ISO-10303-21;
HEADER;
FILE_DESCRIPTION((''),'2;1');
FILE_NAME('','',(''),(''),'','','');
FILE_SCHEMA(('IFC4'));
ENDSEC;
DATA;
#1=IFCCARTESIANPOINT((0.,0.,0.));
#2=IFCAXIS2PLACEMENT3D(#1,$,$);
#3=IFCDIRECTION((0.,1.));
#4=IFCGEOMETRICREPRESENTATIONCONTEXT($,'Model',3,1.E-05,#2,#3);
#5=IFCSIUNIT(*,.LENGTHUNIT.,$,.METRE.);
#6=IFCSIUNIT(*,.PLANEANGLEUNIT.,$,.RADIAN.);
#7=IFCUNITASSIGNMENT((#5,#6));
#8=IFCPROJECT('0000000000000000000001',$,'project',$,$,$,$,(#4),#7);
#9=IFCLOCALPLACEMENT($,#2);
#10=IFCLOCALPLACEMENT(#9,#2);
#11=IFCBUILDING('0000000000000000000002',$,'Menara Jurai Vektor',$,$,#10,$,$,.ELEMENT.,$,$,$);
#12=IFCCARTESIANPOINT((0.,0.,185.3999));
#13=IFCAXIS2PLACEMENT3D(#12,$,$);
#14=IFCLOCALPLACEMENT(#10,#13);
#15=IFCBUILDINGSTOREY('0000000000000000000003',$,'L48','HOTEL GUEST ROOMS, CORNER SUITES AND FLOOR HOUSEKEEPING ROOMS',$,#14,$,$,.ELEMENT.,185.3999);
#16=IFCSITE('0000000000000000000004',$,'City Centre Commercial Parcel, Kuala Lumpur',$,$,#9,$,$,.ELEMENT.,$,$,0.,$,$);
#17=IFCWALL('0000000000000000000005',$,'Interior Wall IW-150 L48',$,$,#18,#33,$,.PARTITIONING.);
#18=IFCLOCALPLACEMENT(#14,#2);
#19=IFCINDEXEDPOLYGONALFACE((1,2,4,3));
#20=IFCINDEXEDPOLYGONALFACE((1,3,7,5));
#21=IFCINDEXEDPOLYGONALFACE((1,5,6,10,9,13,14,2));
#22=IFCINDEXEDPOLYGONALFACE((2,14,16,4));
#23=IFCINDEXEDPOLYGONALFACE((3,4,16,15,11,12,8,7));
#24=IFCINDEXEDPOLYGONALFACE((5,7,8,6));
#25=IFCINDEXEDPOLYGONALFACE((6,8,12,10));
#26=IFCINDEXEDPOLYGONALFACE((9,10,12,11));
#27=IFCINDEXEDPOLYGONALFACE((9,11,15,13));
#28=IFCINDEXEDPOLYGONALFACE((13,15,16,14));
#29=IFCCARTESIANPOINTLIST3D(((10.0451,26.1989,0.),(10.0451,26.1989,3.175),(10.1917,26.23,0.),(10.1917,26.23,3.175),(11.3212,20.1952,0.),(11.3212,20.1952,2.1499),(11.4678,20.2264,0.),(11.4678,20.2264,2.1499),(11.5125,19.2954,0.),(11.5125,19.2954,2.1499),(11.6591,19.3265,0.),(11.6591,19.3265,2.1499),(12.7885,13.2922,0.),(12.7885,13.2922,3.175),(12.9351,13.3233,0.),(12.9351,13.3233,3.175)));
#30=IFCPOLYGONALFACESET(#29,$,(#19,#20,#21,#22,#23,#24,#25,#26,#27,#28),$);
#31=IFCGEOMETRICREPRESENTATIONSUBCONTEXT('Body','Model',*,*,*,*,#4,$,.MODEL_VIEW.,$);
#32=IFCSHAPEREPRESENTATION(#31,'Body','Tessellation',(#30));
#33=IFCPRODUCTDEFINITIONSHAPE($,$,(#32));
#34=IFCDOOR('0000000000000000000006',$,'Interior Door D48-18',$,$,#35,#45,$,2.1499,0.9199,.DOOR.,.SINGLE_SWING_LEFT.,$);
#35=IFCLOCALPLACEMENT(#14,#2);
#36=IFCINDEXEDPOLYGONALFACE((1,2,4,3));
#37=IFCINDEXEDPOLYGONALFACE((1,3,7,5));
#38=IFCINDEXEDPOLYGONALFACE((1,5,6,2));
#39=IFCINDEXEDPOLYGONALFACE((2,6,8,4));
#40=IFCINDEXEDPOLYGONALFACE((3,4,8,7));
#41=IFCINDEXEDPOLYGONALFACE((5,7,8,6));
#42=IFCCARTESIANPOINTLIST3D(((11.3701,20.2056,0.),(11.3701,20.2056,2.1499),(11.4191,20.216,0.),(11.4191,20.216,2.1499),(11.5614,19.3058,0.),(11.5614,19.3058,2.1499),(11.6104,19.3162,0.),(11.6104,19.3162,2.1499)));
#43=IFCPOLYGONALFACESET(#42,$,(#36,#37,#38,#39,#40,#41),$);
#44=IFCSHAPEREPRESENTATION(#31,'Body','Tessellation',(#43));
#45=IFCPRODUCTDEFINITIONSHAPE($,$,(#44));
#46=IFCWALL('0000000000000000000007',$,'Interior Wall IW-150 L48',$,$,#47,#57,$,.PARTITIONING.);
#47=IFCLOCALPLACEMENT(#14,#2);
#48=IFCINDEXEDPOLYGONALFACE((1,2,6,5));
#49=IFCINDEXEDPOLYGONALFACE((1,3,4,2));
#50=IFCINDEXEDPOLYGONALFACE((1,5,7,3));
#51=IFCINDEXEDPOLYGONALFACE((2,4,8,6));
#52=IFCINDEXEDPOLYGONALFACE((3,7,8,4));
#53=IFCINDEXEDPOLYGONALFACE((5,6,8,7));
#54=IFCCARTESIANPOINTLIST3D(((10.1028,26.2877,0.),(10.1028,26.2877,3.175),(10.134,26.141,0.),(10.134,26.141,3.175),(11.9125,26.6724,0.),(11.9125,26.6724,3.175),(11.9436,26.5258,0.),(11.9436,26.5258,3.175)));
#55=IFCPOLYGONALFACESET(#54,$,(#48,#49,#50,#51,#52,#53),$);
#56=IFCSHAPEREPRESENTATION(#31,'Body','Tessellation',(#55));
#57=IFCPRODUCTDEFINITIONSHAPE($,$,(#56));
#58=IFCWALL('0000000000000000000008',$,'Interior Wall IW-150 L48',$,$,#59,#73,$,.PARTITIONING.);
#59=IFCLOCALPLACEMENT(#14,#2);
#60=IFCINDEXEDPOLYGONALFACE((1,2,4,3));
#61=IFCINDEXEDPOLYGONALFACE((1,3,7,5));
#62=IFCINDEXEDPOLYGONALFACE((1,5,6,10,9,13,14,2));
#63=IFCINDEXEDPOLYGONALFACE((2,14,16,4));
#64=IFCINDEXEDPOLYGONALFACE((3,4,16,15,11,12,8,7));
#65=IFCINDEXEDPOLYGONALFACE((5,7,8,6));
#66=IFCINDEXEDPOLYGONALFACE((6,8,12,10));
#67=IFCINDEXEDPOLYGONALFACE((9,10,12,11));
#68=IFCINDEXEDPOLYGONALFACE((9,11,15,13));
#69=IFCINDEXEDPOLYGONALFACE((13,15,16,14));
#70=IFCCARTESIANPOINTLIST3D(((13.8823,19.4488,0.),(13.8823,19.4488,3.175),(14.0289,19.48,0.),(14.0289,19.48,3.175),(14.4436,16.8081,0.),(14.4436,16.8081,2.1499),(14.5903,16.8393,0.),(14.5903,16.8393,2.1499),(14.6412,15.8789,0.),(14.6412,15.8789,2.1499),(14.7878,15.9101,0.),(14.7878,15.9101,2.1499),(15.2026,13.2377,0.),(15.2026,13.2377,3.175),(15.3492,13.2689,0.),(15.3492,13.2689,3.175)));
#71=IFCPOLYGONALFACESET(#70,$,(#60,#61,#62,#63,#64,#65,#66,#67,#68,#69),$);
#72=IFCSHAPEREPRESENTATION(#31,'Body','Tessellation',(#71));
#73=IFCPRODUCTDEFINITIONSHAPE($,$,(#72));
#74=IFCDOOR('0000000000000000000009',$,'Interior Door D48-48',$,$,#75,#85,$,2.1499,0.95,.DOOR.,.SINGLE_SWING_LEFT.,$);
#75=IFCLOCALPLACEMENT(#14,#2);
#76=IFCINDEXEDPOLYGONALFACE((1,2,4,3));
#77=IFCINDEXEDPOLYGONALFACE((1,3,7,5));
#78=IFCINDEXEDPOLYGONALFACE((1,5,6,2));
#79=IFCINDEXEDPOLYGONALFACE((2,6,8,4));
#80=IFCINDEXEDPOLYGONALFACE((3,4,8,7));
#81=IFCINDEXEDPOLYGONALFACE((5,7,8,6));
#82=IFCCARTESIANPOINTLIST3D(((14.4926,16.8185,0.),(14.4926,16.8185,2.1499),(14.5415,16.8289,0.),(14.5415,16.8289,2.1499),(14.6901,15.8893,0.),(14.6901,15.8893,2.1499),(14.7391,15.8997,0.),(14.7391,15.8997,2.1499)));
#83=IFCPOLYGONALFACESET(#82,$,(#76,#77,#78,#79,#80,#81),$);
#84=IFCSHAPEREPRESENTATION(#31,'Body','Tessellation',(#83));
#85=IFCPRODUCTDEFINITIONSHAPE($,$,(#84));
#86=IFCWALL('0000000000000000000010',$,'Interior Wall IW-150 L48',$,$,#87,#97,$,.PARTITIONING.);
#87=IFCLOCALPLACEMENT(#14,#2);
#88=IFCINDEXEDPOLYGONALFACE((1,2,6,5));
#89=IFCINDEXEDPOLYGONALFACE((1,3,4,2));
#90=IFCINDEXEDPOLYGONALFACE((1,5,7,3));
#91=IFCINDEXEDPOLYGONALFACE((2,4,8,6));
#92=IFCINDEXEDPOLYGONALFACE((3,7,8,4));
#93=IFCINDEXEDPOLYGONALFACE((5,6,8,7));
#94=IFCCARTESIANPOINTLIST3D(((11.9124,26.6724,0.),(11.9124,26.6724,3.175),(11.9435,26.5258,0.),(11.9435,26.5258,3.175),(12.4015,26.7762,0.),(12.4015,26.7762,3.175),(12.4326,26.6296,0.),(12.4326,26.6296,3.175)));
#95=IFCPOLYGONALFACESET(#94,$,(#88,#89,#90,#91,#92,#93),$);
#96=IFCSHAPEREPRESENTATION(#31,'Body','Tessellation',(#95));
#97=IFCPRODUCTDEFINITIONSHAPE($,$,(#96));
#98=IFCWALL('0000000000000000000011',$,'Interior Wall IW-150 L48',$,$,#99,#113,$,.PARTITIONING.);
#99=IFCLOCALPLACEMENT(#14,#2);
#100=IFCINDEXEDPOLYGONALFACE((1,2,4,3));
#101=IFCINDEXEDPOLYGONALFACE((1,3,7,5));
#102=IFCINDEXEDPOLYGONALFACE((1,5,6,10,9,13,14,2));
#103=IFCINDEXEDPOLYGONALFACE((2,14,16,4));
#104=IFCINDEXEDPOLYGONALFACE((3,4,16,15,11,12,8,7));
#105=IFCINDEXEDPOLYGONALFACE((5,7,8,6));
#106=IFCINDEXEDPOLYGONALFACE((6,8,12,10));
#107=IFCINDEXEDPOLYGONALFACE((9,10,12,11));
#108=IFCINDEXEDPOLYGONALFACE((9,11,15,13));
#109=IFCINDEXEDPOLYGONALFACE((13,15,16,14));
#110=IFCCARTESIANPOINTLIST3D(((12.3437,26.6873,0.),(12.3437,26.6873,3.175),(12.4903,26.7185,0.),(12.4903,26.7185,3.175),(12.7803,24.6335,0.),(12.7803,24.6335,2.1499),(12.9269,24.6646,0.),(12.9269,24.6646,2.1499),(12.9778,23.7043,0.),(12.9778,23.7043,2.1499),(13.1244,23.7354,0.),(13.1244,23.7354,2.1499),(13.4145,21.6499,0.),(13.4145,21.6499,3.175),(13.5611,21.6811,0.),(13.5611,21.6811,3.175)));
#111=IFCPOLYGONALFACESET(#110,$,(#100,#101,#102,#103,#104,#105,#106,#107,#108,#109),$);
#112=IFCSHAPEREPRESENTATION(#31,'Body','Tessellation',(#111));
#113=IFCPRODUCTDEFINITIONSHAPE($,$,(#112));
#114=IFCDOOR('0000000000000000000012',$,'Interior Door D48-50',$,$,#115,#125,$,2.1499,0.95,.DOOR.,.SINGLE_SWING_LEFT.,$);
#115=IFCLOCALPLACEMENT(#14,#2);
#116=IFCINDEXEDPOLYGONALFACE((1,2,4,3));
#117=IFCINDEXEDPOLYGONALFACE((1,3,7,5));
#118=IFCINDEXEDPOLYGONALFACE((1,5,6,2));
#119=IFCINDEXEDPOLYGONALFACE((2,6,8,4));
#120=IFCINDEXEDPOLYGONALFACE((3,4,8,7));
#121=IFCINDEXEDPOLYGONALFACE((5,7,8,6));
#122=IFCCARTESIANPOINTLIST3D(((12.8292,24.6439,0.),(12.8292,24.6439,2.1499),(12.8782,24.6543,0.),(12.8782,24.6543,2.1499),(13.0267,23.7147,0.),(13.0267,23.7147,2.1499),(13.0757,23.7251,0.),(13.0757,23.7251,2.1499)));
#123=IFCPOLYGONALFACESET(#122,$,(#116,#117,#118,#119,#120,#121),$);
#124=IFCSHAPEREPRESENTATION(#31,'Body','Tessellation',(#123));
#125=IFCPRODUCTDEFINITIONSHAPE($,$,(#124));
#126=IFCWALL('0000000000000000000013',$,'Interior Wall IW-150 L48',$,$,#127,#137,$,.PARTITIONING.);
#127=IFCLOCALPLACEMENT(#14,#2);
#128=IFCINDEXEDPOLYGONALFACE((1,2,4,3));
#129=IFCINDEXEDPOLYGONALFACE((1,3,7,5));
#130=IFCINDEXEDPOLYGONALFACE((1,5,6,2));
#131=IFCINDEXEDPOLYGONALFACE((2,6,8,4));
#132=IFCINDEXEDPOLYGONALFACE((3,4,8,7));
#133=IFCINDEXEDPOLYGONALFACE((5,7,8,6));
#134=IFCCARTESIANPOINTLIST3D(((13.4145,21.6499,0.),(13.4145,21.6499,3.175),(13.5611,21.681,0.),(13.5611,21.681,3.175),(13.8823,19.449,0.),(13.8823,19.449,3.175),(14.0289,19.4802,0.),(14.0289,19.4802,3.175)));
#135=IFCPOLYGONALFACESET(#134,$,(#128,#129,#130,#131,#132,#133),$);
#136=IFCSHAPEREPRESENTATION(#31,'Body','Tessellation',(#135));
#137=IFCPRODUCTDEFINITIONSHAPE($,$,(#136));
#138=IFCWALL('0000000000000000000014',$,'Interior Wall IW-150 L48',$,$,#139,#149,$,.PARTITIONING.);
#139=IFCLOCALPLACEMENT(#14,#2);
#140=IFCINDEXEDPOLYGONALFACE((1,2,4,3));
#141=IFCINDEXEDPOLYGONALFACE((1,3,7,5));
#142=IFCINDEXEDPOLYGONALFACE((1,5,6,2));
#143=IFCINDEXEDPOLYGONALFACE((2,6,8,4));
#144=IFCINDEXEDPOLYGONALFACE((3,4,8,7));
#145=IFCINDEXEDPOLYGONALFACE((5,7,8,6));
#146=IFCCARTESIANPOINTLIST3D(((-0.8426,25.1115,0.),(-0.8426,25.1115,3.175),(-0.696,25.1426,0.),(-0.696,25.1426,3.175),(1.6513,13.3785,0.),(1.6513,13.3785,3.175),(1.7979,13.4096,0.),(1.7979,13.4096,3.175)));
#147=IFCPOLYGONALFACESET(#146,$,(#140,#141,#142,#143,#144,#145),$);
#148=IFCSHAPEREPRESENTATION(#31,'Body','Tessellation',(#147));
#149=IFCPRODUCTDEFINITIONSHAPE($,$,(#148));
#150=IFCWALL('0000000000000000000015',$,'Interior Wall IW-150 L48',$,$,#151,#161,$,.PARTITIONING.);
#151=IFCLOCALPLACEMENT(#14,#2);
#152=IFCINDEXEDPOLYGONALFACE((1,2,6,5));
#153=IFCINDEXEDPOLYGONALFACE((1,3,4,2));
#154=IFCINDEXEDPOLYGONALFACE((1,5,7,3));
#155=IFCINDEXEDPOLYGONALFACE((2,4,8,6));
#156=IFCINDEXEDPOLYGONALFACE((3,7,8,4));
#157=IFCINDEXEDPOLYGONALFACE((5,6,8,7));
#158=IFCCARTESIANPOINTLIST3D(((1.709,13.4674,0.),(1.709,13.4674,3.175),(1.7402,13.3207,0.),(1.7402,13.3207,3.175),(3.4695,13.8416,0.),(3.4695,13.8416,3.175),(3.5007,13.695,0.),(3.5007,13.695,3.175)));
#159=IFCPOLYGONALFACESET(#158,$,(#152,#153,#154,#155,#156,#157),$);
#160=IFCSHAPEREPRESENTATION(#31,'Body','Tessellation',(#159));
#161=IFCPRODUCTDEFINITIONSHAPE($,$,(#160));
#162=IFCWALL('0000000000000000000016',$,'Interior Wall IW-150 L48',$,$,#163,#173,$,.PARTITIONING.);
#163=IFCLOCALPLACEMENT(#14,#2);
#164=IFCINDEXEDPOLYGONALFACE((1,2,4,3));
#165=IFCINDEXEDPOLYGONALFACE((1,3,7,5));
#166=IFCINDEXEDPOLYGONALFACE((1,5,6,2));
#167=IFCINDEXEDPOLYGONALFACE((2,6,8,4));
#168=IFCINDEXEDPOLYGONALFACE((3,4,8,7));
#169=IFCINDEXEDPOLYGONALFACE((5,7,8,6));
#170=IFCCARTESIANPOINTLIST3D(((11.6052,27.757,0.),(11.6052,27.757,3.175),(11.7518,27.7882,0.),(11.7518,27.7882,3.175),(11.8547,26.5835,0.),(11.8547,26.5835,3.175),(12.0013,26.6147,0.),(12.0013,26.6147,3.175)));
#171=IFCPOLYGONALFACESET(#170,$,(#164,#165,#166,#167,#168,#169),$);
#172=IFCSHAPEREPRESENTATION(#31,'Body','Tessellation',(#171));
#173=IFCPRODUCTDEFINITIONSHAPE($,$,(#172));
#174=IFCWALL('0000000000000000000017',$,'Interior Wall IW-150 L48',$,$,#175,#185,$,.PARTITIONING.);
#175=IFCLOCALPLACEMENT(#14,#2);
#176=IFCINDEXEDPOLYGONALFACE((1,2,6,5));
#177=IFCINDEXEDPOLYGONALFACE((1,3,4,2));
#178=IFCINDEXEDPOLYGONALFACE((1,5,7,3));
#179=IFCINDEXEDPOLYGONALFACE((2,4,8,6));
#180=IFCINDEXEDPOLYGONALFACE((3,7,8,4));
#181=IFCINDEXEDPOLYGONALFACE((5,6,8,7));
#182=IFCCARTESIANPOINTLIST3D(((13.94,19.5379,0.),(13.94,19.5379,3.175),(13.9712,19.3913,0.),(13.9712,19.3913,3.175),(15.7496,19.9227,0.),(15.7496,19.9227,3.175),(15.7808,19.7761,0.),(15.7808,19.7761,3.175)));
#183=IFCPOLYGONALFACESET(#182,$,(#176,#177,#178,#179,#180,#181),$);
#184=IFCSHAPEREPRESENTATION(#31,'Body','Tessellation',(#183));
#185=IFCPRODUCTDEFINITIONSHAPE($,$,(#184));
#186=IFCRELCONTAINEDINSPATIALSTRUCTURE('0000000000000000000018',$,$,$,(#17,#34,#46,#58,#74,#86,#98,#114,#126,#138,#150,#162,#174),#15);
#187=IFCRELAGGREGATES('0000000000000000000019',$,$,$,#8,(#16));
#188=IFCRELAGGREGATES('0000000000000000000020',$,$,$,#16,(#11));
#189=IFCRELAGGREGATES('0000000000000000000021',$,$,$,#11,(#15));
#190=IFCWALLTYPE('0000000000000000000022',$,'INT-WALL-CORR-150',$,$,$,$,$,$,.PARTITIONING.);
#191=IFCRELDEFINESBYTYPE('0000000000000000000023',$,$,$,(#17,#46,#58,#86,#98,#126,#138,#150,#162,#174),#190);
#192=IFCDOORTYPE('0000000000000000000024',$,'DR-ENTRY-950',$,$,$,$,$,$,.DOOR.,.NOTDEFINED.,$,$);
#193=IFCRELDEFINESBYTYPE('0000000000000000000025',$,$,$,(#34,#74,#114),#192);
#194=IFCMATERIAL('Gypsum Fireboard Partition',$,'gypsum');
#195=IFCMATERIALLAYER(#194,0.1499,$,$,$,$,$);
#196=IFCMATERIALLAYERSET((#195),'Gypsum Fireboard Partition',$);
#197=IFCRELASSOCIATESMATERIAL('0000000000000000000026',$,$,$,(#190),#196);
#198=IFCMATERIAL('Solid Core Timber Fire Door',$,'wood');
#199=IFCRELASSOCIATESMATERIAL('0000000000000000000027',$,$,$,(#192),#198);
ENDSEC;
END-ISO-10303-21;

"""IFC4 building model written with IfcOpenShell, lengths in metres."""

from ifc_helpers import new_model, si_unit, direction, frame, frame_2d, origin, place, context, subcontext, project, spatial, rectangle, extrude, material, layer, layer_set, type_object, element, fill, save


model = new_model("IFC4")

# Units and contexts
model_context = context("Model", 3, precision=1e-05, world=origin(), true_north=direction((0.0, 1.0)))
body_context = subcontext(model_context, "Body", "Model", "MODEL_VIEW")
ifc_project = project(units=[si_unit("LENGTHUNIT", "METRE"), si_unit("PLANEANGLEUNIT", "RADIAN")], contexts=[model_context])

# Site, building, storey
site_placement = place(None, origin())
site = spatial("IfcSite", under=ifc_project, at=site_placement, Name="City Centre Commercial Parcel, Kuala Lumpur", CompositionType="ELEMENT", RefElevation=0.0)
building_placement = place(site_placement, origin())
building = spatial("IfcBuilding", under=site, at=building_placement, Name="Menara Jurai Vektor", CompositionType="ELEMENT")
storey_placement = place(building_placement, frame((0.0, 0.0, 185.3999)))
storey = spatial("IfcBuildingStorey", under=building, at=storey_placement, Name="L48", Description="HOTEL GUEST ROOMS, CORNER SUITES AND FLOOR HOUSEKEEPING ROOMS", CompositionType="ELEMENT", Elevation=185.3999)

# Wall, opening, door
ifc_material_1 = material(Name="Gypsum Fireboard Partition", Category="gypsum")
ifc_layer_1 = layer(ifc_material_1, 0.1499)
ifc_layer_set_1 = layer_set([ifc_layer_1], Name="Gypsum Fireboard Partition")
wall_type = type_object("IfcWallType", Name="INT-WALL-CORR-150", PredefinedType="PARTITIONING", material=ifc_layer_set_1)
wall_1_placement = place(storey_placement, frame((12.8618, 13.3076, 0.0), z_axis=(0.0, 0.0, 1.0), x_axis=(-0.207911, 0.978148, 0.0)))
wall_1 = element("IfcWall", 1, at=wall_1_placement, inside=storey, type_object=wall_type, Name="Interior Wall IW-150 L48", PredefinedType="PARTITIONING", context=body_context, shape_type="SweptSolid", body=[
    extrude(rectangle(XDim=13.1951, YDim=0.1499, at=frame_2d((6.5977, 0.0))), origin(), (0.0, 0.0, 1.0), 3.175),
])
opening_1_placement = place(wall_1_placement, frame((6.1375, 0.0, 0.0)))
opening_1 = element("IfcOpeningElement", 2, at=opening_1_placement, cuts=wall_1, PredefinedType="OPENING", context=body_context, shape_type="SweptSolid", body=[
    extrude(rectangle(XDim=0.9199, YDim=2.1499, at=frame_2d((0.46, 1.075))), frame((0.0, 0.085, 0.0), z_axis=(0.0, -1.0, 0.0), x_axis=(1.0, 0.0, 0.0)), (0.0, 0.0, 1.0), 0.1699),
])
ifc_material_2 = material(Name="Solid Core Timber Fire Door", Category="wood")
door_type = type_object("IfcDoorType", Name="DR-ENTRY-950", OperationType="NOTDEFINED", PredefinedType="DOOR", material=ifc_material_2)
door_1_placement = place(opening_1_placement, origin())
door_1 = element("IfcDoor", 3, at=door_1_placement, inside=storey, type_object=door_type, Name="Interior Door D48-18", OperationType="SINGLE_SWING_LEFT", OverallHeight=2.1499, OverallWidth=0.9199, PredefinedType="DOOR", context=body_context, shape_type="SweptSolid", body=[
    extrude(rectangle(XDim=0.9199, YDim=2.1499, at=frame_2d((0.46, 1.075))), frame((0.0, 0.0249, 0.0), z_axis=(0.0, -1.0, 0.0), x_axis=(1.0, 0.0, 0.0)), (0.0, 0.0, 1.0), 0.05),
])
fill(opening_1, door_1)

# Wall
wall_2_placement = place(storey_placement, frame((10.1184, 26.2144, 0.0), z_axis=(0.0, 0.0, 1.0), x_axis=(0.978133, 0.207979, 0.0)))
element("IfcWall", 4, at=wall_2_placement, inside=storey, type_object=wall_type, Name="Interior Wall IW-150 L48", PredefinedType="PARTITIONING", context=body_context, shape_type="SweptSolid", body=[
    extrude(rectangle(XDim=1.8501, YDim=0.1499, at=frame_2d((0.925, 0.0))), origin(), (0.0, 0.0, 1.0), 3.175),
])

# Wall, opening, door
wall_3_placement = place(storey_placement, frame((15.2759, 13.2534, 0.0), z_axis=(0.0, 0.0, 1.0), x_axis=(-0.207925, 0.978145, 0.0)))
wall_3 = element("IfcWall", 5, at=wall_3_placement, inside=storey, type_object=wall_type, Name="Interior Wall IW-150 L48", PredefinedType="PARTITIONING", context=body_context, shape_type="SweptSolid", body=[
    extrude(rectangle(XDim=6.3499, YDim=0.1499, at=frame_2d((3.1748, 0.0))), origin(), (0.0, 0.0, 1.0), 3.175),
])
opening_2_placement = place(wall_3_placement, frame((2.7, 0.0, 0.0)))
opening_2 = element("IfcOpeningElement", 6, at=opening_2_placement, cuts=wall_3, PredefinedType="OPENING", context=body_context, shape_type="SweptSolid", body=[
    extrude(rectangle(XDim=0.95, YDim=2.1499, at=frame_2d((0.4751, 1.075))), frame((0.0, 0.085, 0.0), z_axis=(0.0, -1.0, 0.0), x_axis=(1.0, 0.0, 0.0)), (0.0, 0.0, 1.0), 0.1699),
])
door_2_placement = place(opening_2_placement, origin())
door_2 = element("IfcDoor", 7, at=door_2_placement, inside=storey, type_object=door_type, Name="Interior Door D48-48", OperationType="SINGLE_SWING_LEFT", OverallHeight=2.1499, OverallWidth=0.95, PredefinedType="DOOR", context=body_context, shape_type="SweptSolid", body=[
    extrude(rectangle(XDim=0.95, YDim=2.1499, at=frame_2d((0.4751, 1.075))), frame((0.0, 0.0249, 0.0), z_axis=(0.0, -1.0, 0.0), x_axis=(1.0, 0.0, 0.0)), (0.0, 0.0, 1.0), 0.05),
])
fill(opening_2, door_2)

# Wall
wall_4_placement = place(storey_placement, frame((11.928, 26.5991, 0.0), z_axis=(0.0, 0.0, 1.0), x_axis=(0.978222, 0.207561, 0.0)))
element("IfcWall", 8, at=wall_4_placement, inside=storey, type_object=wall_type, Name="Interior Wall IW-150 L48", PredefinedType="PARTITIONING", context=body_context, shape_type="SweptSolid", body=[
    extrude(rectangle(XDim=0.5, YDim=0.1499, at=frame_2d((0.25, 0.0))), origin(), (0.0, 0.0, 1.0), 3.175),
])

# Wall, opening, door
wall_5_placement = place(storey_placement, frame((13.4878, 21.6655, 0.0), z_axis=(0.0, 0.0, 1.0), x_axis=(-0.207926, 0.978145, 0.0)))
wall_5 = element("IfcWall", 9, at=wall_5_placement, inside=storey, type_object=wall_type, Name="Interior Wall IW-150 L48", PredefinedType="PARTITIONING", context=body_context, shape_type="SweptSolid", body=[
    extrude(rectangle(XDim=5.1499, YDim=0.1499, at=frame_2d((2.575, 0.0))), origin(), (0.0, 0.0, 1.0), 3.175),
])
opening_3_placement = place(wall_5_placement, frame((2.1001, 0.0, 0.0)))
opening_3 = element("IfcOpeningElement", 10, at=opening_3_placement, cuts=wall_5, PredefinedType="OPENING", context=body_context, shape_type="SweptSolid", body=[
    extrude(rectangle(XDim=0.95, YDim=2.1499, at=frame_2d((0.4751, 1.075))), frame((0.0, 0.085, 0.0), z_axis=(0.0, -1.0, 0.0), x_axis=(1.0, 0.0, 0.0)), (0.0, 0.0, 1.0), 0.1699),
])
door_3_placement = place(opening_3_placement, origin())
door_3 = element("IfcDoor", 11, at=door_3_placement, inside=storey, type_object=door_type, Name="Interior Door D48-50", OperationType="SINGLE_SWING_LEFT", OverallHeight=2.1499, OverallWidth=0.95, PredefinedType="DOOR", context=body_context, shape_type="SweptSolid", body=[
    extrude(rectangle(XDim=0.95, YDim=2.1499, at=frame_2d((0.4751, 1.075))), frame((0.0, 0.0249, 0.0), z_axis=(0.0, -1.0, 0.0), x_axis=(1.0, 0.0, 0.0)), (0.0, 0.0, 1.0), 0.05),
])
fill(opening_3, door_3)

# Walls
wall_6_placement = place(storey_placement, frame((13.9556, 19.4646, 0.0), z_axis=(0.0, 0.0, 1.0), x_axis=(-0.207891, 0.978152, 0.0)))
element("IfcWall", 12, at=wall_6_placement, inside=storey, type_object=wall_type, Name="Interior Wall IW-150 L48", PredefinedType="PARTITIONING", context=body_context, shape_type="SweptSolid", body=[
    extrude(rectangle(XDim=2.25, YDim=0.1499, at=frame_2d((1.125, 0.0))), origin(), (0.0, 0.0, 1.0), 3.175),
])
wall_7_placement = place(storey_placement, frame((1.7246, 13.394, 0.0), z_axis=(0.0, 0.0, 1.0), x_axis=(-0.207911, 0.978148, 0.0)))
element("IfcWall", 13, at=wall_7_placement, inside=storey, type_object=wall_type, Name="Interior Wall IW-150 L48", PredefinedType="PARTITIONING", context=body_context, shape_type="SweptSolid", body=[
    extrude(rectangle(XDim=11.9951, YDim=0.1499, at=frame_2d((5.9976, 0.0))), origin(), (0.0, 0.0, 1.0), 3.175),
])
wall_8_placement = place(storey_placement, frame((1.7246, 13.394, 0.0), z_axis=(0.0, 0.0, 1.0), x_axis=(0.978141, 0.207945, 0.0)))
element("IfcWall", 14, at=wall_8_placement, inside=storey, type_object=wall_type, Name="Interior Wall IW-150 L48", PredefinedType="PARTITIONING", context=body_context, shape_type="SweptSolid", body=[
    extrude(rectangle(XDim=1.7998, YDim=0.1499, at=frame_2d((0.8999, 0.0))), origin(), (0.0, 0.0, 1.0), 3.175),
])
wall_9_placement = place(storey_placement, frame((11.928, 26.5991, 0.0), z_axis=(0.0, 0.0, 1.0), x_axis=(-0.207959, 0.978138, 0.0)))
element("IfcWall", 15, at=wall_9_placement, inside=storey, type_object=wall_type, Name="Interior Wall IW-150 L48", PredefinedType="PARTITIONING", context=body_context, shape_type="SweptSolid", body=[
    extrude(rectangle(XDim=1.1997, YDim=0.1499, at=frame_2d((0.5999, 0.0))), origin(), (0.0, 0.0, 1.0), 3.175),
])
for number, where, z_axis, x_axis, name in (
    (16, (13.9556, 19.4646, 0.0), (0.0, 0.0, 1.0), (0.978133, 0.207979, 0.0), "Interior Wall IW-150 L48"),
):
    element("IfcWall", number, at=place(storey_placement, frame(where, z_axis=z_axis, x_axis=x_axis)), inside=storey, type_object=wall_type, Name=name, PredefinedType="PARTITIONING", context=body_context, shape_type="SweptSolid", body=[
        extrude(rectangle(XDim=1.8501, YDim=0.1499, at=frame_2d((0.925, 0.0))), origin(), (0.0, 0.0, 1.0), 3.175),
    ])

save(model, "model.ifc")
